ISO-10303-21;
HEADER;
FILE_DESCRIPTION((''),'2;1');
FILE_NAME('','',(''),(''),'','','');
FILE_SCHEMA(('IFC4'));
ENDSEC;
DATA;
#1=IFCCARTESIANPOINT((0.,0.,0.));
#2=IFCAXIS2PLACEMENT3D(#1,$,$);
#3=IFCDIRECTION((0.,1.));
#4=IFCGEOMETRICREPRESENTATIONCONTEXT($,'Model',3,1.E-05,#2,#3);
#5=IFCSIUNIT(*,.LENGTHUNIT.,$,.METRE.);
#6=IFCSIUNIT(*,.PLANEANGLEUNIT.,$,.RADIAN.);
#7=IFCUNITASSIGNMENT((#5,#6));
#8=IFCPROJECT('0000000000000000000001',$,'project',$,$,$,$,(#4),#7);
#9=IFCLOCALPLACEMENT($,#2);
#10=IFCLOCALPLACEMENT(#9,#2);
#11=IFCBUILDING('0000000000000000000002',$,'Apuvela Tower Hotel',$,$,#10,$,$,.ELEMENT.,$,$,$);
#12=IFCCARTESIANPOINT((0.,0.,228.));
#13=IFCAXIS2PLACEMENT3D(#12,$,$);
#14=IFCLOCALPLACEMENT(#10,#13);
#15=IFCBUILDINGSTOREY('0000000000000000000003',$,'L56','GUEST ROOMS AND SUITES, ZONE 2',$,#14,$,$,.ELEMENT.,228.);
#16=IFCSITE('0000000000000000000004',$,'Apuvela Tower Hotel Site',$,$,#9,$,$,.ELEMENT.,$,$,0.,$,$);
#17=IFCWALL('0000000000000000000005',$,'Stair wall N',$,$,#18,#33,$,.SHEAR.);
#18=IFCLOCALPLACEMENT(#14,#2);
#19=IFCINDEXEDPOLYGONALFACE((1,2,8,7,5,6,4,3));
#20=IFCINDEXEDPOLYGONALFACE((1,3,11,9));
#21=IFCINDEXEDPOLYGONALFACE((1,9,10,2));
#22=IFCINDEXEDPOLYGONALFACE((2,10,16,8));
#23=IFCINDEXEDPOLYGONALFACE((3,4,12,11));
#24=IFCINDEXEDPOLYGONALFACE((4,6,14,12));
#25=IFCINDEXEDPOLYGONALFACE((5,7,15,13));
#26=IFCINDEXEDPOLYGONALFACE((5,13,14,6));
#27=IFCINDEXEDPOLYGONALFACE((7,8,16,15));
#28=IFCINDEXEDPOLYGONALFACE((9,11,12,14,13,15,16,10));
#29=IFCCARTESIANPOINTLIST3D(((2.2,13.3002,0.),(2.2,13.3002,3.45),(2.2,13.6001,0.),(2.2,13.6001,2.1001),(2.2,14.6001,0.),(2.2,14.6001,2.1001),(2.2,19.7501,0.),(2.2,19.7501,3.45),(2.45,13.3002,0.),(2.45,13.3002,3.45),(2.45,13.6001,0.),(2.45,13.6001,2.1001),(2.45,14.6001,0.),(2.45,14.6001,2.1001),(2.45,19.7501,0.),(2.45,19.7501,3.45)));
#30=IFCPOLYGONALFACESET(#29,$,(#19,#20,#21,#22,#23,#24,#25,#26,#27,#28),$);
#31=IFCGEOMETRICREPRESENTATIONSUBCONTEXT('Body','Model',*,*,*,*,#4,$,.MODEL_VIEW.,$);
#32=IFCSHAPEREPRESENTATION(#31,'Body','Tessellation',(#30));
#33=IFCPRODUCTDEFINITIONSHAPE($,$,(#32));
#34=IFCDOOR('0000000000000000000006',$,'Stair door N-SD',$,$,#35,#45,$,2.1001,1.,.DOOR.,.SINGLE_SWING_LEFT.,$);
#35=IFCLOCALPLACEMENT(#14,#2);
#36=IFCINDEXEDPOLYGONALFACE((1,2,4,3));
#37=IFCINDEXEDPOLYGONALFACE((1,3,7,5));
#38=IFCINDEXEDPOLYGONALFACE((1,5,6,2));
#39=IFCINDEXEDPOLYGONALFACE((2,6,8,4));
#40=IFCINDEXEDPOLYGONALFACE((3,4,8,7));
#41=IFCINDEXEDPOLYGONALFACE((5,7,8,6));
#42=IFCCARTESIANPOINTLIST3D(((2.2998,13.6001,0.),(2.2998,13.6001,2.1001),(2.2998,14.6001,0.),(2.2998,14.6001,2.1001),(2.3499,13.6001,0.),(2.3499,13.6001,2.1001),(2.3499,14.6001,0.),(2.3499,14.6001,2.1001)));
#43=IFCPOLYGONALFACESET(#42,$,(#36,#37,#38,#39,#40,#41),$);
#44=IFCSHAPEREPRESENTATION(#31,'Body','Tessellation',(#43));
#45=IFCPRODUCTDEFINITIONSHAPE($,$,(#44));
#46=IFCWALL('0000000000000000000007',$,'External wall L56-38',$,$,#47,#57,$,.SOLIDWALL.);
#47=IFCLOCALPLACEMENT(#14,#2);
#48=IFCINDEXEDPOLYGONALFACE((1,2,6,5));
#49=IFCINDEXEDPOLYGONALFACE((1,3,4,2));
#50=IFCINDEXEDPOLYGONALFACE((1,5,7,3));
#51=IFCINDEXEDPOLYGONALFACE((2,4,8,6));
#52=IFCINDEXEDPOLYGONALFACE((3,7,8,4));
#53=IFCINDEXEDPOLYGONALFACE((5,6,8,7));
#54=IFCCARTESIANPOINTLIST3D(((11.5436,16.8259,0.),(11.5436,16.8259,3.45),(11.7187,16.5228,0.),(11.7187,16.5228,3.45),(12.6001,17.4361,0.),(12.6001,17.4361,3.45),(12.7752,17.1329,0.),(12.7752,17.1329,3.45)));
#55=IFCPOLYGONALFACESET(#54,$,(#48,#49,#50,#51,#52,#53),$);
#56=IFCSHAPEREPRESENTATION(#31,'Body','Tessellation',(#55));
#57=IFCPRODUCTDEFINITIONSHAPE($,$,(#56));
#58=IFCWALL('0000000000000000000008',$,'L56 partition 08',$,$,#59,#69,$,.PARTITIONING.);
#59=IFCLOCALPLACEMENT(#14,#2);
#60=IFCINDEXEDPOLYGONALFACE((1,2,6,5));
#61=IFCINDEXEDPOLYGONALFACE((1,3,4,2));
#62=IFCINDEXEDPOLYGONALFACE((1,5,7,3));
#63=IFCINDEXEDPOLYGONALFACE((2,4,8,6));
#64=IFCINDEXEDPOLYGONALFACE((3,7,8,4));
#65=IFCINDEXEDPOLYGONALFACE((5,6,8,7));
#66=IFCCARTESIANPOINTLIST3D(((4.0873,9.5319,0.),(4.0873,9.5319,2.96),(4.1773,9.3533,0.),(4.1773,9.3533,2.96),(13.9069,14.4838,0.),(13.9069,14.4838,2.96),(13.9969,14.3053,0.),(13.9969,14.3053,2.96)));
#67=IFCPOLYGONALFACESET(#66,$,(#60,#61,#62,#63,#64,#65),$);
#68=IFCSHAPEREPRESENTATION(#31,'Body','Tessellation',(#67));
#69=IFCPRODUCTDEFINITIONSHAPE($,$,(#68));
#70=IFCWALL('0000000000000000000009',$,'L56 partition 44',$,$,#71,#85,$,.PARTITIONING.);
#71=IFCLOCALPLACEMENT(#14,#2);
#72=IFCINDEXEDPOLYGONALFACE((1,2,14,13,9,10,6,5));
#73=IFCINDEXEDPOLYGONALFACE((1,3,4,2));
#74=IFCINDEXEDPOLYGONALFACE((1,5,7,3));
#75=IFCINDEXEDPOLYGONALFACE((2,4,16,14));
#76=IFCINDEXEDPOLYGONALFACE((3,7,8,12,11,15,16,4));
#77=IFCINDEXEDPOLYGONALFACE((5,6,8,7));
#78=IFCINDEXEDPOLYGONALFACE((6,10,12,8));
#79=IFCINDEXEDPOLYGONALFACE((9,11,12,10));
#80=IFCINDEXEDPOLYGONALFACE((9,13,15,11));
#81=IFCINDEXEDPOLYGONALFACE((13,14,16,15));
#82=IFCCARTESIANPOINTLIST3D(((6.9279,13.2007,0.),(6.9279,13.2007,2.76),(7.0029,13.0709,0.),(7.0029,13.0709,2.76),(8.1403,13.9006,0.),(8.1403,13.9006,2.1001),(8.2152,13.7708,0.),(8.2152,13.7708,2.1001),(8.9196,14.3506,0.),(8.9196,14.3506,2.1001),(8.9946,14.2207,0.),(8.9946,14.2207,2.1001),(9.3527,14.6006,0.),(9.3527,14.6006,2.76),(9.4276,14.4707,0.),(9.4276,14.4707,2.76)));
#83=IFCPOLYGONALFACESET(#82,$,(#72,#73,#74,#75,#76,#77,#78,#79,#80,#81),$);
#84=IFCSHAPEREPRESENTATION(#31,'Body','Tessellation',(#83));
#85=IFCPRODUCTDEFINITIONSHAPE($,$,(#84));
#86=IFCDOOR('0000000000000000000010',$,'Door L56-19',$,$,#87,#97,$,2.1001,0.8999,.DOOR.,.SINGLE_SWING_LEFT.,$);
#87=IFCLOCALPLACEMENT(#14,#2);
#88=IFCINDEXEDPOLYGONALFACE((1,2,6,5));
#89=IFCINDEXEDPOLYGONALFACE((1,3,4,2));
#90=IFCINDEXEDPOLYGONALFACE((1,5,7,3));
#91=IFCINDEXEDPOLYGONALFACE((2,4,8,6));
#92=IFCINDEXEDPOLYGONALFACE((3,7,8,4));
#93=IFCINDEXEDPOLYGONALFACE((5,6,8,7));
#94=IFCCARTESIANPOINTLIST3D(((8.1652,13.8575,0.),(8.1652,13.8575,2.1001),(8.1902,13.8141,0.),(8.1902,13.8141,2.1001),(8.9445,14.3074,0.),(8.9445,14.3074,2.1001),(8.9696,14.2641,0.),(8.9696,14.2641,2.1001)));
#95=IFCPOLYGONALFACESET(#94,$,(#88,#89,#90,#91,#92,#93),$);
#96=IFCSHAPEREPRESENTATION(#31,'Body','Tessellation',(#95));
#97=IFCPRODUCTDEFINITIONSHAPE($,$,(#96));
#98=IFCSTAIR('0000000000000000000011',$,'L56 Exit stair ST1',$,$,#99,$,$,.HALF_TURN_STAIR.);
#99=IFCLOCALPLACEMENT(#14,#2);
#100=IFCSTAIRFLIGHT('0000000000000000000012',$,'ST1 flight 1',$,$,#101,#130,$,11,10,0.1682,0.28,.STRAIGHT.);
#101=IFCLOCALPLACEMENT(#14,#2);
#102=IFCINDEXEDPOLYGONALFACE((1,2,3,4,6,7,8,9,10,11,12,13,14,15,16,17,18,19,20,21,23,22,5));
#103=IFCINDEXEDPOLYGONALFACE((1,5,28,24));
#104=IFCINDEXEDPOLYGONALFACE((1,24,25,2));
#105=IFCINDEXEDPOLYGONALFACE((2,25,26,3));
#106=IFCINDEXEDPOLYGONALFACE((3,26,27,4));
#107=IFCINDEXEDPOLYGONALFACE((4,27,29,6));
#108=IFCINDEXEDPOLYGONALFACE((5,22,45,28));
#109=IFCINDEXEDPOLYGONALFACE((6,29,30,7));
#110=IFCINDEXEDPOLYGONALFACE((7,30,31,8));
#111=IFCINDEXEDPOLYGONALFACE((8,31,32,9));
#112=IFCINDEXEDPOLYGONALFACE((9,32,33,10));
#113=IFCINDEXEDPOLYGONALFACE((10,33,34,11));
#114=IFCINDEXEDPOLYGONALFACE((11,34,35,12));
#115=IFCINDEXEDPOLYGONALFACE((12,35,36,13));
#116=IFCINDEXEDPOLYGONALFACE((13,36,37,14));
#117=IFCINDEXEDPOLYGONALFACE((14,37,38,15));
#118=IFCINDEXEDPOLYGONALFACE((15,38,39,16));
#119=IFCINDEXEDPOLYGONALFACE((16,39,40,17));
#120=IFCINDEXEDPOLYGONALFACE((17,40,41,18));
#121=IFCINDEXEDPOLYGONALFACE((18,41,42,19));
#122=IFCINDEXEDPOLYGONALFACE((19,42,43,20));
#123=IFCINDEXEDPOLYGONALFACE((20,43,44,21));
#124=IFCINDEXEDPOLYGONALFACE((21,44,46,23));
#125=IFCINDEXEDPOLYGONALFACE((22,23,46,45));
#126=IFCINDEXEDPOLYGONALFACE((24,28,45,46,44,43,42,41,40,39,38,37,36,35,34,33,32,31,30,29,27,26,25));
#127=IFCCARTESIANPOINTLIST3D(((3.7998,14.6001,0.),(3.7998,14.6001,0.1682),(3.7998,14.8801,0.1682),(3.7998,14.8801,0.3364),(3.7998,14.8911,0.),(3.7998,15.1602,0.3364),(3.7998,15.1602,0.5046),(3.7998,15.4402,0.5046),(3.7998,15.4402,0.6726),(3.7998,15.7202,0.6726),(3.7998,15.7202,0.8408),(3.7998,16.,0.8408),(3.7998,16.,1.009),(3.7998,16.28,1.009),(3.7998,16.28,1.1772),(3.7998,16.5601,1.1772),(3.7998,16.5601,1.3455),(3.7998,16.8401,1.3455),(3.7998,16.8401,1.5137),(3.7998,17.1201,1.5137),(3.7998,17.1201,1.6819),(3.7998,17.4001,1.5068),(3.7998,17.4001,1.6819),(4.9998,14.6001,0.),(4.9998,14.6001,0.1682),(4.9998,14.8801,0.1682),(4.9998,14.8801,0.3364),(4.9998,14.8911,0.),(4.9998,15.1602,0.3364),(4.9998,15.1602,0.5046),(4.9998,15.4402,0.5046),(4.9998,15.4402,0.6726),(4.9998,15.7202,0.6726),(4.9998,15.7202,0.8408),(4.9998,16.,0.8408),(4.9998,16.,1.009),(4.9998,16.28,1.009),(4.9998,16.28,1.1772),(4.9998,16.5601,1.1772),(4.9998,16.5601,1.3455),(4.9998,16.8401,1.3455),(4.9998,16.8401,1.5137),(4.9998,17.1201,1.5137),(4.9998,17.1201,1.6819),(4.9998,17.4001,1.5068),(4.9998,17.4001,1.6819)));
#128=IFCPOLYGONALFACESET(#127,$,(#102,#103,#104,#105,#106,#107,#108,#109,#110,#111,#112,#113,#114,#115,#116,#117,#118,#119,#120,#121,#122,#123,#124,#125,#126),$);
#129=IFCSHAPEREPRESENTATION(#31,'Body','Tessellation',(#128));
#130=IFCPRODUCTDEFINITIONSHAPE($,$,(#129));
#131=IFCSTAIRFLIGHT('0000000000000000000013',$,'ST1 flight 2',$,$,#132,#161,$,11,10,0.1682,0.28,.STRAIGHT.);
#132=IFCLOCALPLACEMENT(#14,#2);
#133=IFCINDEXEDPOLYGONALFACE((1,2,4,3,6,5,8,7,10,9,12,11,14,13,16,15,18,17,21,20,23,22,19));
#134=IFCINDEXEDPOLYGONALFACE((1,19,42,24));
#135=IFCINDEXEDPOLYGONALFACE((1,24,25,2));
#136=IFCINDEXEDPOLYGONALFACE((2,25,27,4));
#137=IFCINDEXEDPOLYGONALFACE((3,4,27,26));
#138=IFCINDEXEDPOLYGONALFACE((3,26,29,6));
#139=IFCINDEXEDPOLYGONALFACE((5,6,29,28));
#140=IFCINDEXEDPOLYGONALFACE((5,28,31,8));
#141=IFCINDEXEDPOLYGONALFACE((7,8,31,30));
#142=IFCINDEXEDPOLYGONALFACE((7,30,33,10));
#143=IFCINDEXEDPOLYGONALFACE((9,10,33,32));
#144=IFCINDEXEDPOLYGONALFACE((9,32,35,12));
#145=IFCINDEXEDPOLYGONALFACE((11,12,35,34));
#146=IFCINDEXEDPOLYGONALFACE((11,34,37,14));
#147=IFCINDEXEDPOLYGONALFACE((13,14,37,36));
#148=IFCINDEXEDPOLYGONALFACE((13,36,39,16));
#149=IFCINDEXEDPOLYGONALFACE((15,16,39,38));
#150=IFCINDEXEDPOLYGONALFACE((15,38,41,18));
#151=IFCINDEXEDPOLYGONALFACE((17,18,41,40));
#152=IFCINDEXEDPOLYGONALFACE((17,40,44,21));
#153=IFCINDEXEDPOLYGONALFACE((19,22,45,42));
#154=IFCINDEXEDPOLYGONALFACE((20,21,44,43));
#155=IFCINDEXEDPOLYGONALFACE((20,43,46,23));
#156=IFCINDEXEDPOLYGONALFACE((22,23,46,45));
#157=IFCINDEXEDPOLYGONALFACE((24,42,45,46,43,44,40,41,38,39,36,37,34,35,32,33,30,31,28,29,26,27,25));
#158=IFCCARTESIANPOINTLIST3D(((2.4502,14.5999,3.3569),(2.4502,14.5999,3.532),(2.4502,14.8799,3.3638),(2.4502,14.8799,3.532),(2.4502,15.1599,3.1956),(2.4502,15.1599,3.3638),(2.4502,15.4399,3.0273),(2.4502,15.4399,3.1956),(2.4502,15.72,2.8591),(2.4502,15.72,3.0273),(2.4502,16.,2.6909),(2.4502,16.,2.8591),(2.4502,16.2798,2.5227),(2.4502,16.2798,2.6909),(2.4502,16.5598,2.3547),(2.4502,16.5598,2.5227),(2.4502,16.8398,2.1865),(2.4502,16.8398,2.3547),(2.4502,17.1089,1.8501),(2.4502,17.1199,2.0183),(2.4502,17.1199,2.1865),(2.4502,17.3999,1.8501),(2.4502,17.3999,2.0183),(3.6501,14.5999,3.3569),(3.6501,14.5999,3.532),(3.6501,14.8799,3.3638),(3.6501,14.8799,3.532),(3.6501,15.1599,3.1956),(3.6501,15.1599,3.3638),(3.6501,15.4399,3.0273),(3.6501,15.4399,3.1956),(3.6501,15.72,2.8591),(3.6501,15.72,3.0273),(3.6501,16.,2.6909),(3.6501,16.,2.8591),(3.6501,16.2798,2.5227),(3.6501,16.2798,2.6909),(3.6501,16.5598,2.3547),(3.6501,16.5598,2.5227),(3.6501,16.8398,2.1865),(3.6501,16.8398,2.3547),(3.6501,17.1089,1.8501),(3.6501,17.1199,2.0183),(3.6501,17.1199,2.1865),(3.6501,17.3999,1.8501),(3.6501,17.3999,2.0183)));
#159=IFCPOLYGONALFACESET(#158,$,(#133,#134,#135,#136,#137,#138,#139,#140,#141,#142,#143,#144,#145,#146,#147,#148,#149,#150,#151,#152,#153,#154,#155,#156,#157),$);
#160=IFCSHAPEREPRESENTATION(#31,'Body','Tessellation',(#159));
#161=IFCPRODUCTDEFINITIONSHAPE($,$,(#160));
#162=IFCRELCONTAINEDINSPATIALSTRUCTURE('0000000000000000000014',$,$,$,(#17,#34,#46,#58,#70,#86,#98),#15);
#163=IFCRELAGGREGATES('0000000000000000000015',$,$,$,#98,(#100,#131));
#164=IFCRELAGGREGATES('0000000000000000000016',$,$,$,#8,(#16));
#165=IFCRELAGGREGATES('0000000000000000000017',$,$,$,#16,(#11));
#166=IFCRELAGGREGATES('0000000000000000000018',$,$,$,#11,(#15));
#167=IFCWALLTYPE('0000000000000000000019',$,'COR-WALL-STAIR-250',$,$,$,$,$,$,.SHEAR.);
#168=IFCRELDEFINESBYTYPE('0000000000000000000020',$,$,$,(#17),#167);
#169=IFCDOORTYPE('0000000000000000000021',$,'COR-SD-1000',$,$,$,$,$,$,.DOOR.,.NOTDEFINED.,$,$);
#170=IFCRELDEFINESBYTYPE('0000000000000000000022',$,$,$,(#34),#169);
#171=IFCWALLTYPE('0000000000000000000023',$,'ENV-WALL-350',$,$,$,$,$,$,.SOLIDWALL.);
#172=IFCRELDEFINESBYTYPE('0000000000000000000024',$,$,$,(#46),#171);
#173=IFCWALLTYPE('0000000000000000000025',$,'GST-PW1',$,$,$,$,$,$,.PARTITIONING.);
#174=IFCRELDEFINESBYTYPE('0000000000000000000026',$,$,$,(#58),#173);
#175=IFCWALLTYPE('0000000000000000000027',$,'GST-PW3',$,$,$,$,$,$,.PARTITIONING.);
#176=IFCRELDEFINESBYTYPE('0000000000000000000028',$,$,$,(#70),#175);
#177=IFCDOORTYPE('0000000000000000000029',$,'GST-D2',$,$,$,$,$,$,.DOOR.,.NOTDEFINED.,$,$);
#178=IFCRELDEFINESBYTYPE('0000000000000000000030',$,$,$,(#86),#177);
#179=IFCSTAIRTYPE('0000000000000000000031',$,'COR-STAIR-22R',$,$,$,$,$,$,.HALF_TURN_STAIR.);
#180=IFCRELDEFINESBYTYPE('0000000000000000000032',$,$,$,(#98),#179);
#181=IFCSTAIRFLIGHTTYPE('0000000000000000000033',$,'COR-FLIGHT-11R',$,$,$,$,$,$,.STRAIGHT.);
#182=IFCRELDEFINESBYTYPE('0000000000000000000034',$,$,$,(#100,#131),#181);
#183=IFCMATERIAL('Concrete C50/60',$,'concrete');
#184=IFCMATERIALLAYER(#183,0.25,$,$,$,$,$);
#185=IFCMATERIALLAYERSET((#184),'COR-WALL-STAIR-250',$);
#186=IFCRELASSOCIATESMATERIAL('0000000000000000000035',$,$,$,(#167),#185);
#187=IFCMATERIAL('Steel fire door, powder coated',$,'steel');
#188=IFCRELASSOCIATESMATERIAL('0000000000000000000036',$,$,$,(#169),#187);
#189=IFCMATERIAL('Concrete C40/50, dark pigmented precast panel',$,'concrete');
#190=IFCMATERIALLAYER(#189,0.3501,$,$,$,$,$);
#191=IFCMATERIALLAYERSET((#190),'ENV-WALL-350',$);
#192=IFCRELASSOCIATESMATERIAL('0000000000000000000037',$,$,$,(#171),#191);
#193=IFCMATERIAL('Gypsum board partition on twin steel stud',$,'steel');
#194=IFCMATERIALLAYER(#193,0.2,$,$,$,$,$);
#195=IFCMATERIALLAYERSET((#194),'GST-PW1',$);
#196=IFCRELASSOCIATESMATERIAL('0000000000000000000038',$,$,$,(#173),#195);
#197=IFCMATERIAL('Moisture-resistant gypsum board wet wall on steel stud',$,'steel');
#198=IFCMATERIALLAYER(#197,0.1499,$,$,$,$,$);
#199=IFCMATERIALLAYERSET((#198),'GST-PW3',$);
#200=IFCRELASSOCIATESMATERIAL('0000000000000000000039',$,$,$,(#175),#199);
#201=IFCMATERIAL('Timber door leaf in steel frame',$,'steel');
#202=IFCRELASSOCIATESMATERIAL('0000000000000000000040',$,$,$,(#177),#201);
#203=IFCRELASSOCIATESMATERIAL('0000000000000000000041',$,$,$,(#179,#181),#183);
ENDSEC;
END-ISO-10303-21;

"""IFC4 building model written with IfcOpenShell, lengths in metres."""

from ifc_helpers import new_model, si_unit, direction, frame, frame_2d, origin, place, context, subcontext, project, spatial, polyline, rectangle, outline, extrude, material, layer, layer_set, type_object, element, fill, aggregate, save


model = new_model("IFC4")

# Units and contexts
model_context = context("Model", 3, precision=1e-05, world=origin(), true_north=direction((0.0, 1.0)))
body_context = subcontext(model_context, "Body", "Model", "MODEL_VIEW")
ifc_project = project(units=[si_unit("LENGTHUNIT", "METRE"), si_unit("PLANEANGLEUNIT", "RADIAN")], contexts=[model_context])

# Site, building, storey
site_placement = place(None, origin())
site = spatial("IfcSite", under=ifc_project, at=site_placement, Name="Apuvela Tower Hotel Site", CompositionType="ELEMENT", RefElevation=0.0)
building_placement = place(site_placement, origin())
building = spatial("IfcBuilding", under=site, at=building_placement, Name="Apuvela Tower Hotel", CompositionType="ELEMENT")
storey_placement = place(building_placement, frame((0.0, 0.0, 228.0)))
storey = spatial("IfcBuildingStorey", under=building, at=storey_placement, Name="L56", Description="GUEST ROOMS AND SUITES, ZONE 2", CompositionType="ELEMENT", Elevation=228.0)

# Shared definitions
ifc_material_1 = material(Name="Concrete C50/60", Category="concrete")
ifc_material_2 = material(Name="Steel fire door, powder coated", Category="steel")

# Wall, opening, door
ifc_layer_1 = layer(ifc_material_1, 0.25)
ifc_layer_set_1 = layer_set([ifc_layer_1], Name="COR-WALL-STAIR-250")
wall_type_1 = type_object("IfcWallType", Name="COR-WALL-STAIR-250", PredefinedType="SHEAR", material=ifc_layer_set_1)
wall_1_placement = place(storey_placement, frame((2.325, 13.3, 0.0), z_axis=(0.0, 0.0, 1.0), x_axis=(0.0, 1.0, 0.0)))
wall_1 = element("IfcWall", 1, at=wall_1_placement, inside=storey, type_object=wall_type_1, Name="Stair wall N", PredefinedType="SHEAR", context=body_context, shape_type="SweptSolid", body=[
    extrude(rectangle(XDim=6.45, YDim=0.25, at=frame_2d((3.2251, 0.0))), origin(), (0.0, 0.0, 1.0), 3.45),
])
opening_1_placement = place(wall_1_placement, frame((0.3, 0.0, 0.0)))
opening_1 = element("IfcOpeningElement", 2, at=opening_1_placement, cuts=wall_1, PredefinedType="OPENING", context=body_context, shape_type="SweptSolid", body=[
    extrude(rectangle(XDim=1.0, YDim=2.1001, at=frame_2d((0.5, 1.05))), frame((0.0, 0.135, 0.0), z_axis=(0.0, -1.0, 0.0), x_axis=(1.0, 0.0, 0.0)), (0.0, 0.0, 1.0), 0.27),
])
door_type_1 = type_object("IfcDoorType", Name="COR-SD-1000", OperationType="NOTDEFINED", PredefinedType="DOOR", material=ifc_material_2)
door_1_placement = place(opening_1_placement, frame((1.0, 0.0, 0.0), z_axis=(0.0, 0.0, 1.0), x_axis=(-1.0, 0.0, 0.0)))
door_1 = element("IfcDoor", 3, at=door_1_placement, inside=storey, type_object=door_type_1, Name="Stair door N-SD", OperationType="SINGLE_SWING_LEFT", OverallHeight=2.1001, OverallWidth=1.0, PredefinedType="DOOR", context=body_context, shape_type="SweptSolid", body=[
    extrude(rectangle(XDim=1.0, YDim=2.1001, at=frame_2d((0.5, 1.05))), frame((0.0, 0.0249, 0.0), z_axis=(0.0, -1.0, 0.0), x_axis=(1.0, 0.0, 0.0)), (0.0, 0.0, 1.0), 0.05),
])
fill(opening_1, door_1)

# Wall
ifc_material_3 = material(Name="Concrete C40/50, dark pigmented precast panel", Category="concrete")
ifc_layer_2 = layer(ifc_material_3, 0.3501)
ifc_layer_set_2 = layer_set([ifc_layer_2], Name="ENV-WALL-350")
wall_type_2 = type_object("IfcWallType", Name="ENV-WALL-350", PredefinedType="SOLIDWALL", material=ifc_layer_set_2)
wall_2_placement = place(storey_placement, frame((12.6875, 17.2844, 0.0), z_axis=(0.0, 0.0, 1.0), x_axis=(-0.865956, -0.500121, 0.0)))
element("IfcWall", 4, at=wall_2_placement, inside=storey, type_object=wall_type_2, Name="External wall L56-38", PredefinedType="SOLIDWALL", context=body_context, shape_type="SweptSolid", body=[
    extrude(rectangle(XDim=1.22, YDim=0.3501, at=frame_2d((0.6099, 0.0))), origin(), (0.0, 0.0, 1.0), 3.45),
])

# Wall
ifc_material_4 = material(Name="Gypsum board partition on twin steel stud", Category="steel")
ifc_layer_3 = layer(ifc_material_4, 0.2)
ifc_layer_set_3 = layer_set([ifc_layer_3], Name="GST-PW1")
wall_type_3 = type_object("IfcWallType", Name="GST-PW1", PredefinedType="PARTITIONING", material=ifc_layer_set_3)
wall_3_placement = place(storey_placement, frame((13.9519, 14.3945, 0.0), z_axis=(0.0, 0.0, 1.0), x_axis=(-0.89289, -0.450275, 0.0)))
element("IfcWall", 5, at=wall_3_placement, inside=storey, type_object=wall_type_3, Name="L56 partition 08", PredefinedType="PARTITIONING", context=body_context, shape_type="SweptSolid", body=[
    extrude(rectangle(XDim=10.9976, YDim=0.2, at=frame_2d((5.4988, 0.0))), origin(), (0.0, 0.0, 1.0), 2.96),
])

# Wall, opening, door
ifc_material_5 = material(Name="Moisture-resistant gypsum board wet wall on steel stud", Category="steel")
ifc_layer_4 = layer(ifc_material_5, 0.1499)
ifc_layer_set_4 = layer_set([ifc_layer_4], Name="GST-PW3")
wall_type_4 = type_object("IfcWallType", Name="GST-PW3", PredefinedType="PARTITIONING", material=ifc_layer_set_4)
wall_4_placement = place(storey_placement, frame((9.3901, 14.5356, 0.0), z_axis=(0.0, 0.0, 1.0), x_axis=(-0.866035, -0.499984, 0.0)))
wall_4 = element("IfcWall", 6, at=wall_4_placement, inside=storey, type_object=wall_type_4, Name="L56 partition 44", PredefinedType="PARTITIONING", context=body_context, shape_type="SweptSolid", body=[
    extrude(rectangle(XDim=2.7998, YDim=0.1499, at=frame_2d((1.3999, 0.0))), origin(), (0.0, 0.0, 1.0), 2.76),
])
opening_2_placement = place(wall_4_placement, frame((0.5, 0.0, 0.0)))
opening_2 = element("IfcOpeningElement", 7, at=opening_2_placement, cuts=wall_4, PredefinedType="OPENING", context=body_context, shape_type="SweptSolid", body=[
    extrude(rectangle(XDim=0.8999, YDim=2.1001, at=frame_2d((0.45, 1.05))), frame((0.0, 0.085, 0.0), z_axis=(0.0, -1.0, 0.0), x_axis=(1.0, 0.0, 0.0)), (0.0, 0.0, 1.0), 0.1699),
])
ifc_material_6 = material(Name="Timber door leaf in steel frame", Category="steel")
door_type_2 = type_object("IfcDoorType", Name="GST-D2", OperationType="NOTDEFINED", PredefinedType="DOOR", material=ifc_material_6)
door_2_placement = place(opening_2_placement, origin())
door_2 = element("IfcDoor", 8, at=door_2_placement, inside=storey, type_object=door_type_2, Name="Door L56-19", OperationType="SINGLE_SWING_LEFT", OverallHeight=2.1001, OverallWidth=0.8999, PredefinedType="DOOR", context=body_context, shape_type="SweptSolid", body=[
    extrude(rectangle(XDim=0.8999, YDim=2.1001, at=frame_2d((0.45, 1.05))), frame((0.0, 0.0249, 0.0), z_axis=(0.0, -1.0, 0.0), x_axis=(1.0, 0.0, 0.0)), (0.0, 0.0, 1.0), 0.05),
])
fill(opening_2, door_2)

# Stair, stair flights
stair_type = type_object("IfcStairType", Name="COR-STAIR-22R", PredefinedType="HALF_TURN_STAIR", material=ifc_material_1)
stair_placement = place(storey_placement, origin())
stair = element("IfcStair", 9, at=stair_placement, inside=storey, type_object=stair_type, Name="L56 Exit stair ST1", PredefinedType="HALF_TURN_STAIR")
stair_flight_type = type_object("IfcStairFlightType", Name="COR-FLIGHT-11R", PredefinedType="STRAIGHT", material=ifc_material_1)
stair_flight_1_placement = place(storey_placement, frame((4.3999, 14.6001, 0.0), z_axis=(0.0, 0.0, 1.0), x_axis=(0.0, 1.0, 0.0)))
stair_flight_1 = element("IfcStairFlight", 10, at=stair_flight_1_placement, type_object=stair_flight_type, Name="ST1 flight 1", NumberOfRisers=11, NumberOfTreads=10, PredefinedType="STRAIGHT", RiserHeight=0.1682, TreadLength=0.28, context=body_context, shape_type="SweptSolid", body=[
    extrude(outline(polyline([(0.0, 0.0), (0.0, 0.1682), (0.28, 0.1682), (0.28, 0.3364), (0.5601, 0.3364), (0.5601, 0.5046), (0.8401, 0.5046), (0.8401, 0.6726), (1.1201, 0.6726), (1.1201, 0.8408), (1.3999, 0.8408), (1.3999, 1.009), (1.6799, 1.009), (1.6799, 1.1772), (1.96, 1.1772), (1.96, 1.3455), (2.24, 1.3455), (2.24, 1.5137), (2.52, 1.5137), (2.52, 1.6819), (2.8, 1.6819), (2.8, 1.8501), (2.8, 1.5068), (0.291, 0.0), (0.0, 0.0)])), frame((0.0, 0.6001, 0.0), z_axis=(0.0, -1.0, 0.0), x_axis=(1.0, 0.0, 0.0)), (0.0, 0.0, 1.0), 1.2),
])
stair_flight_2_placement = place(storey_placement, frame((3.05, 17.3999, 1.8501), z_axis=(0.0, 0.0, 1.0), x_axis=(0.0, -1.0, 0.0)))
stair_flight_2 = element("IfcStairFlight", 11, at=stair_flight_2_placement, type_object=stair_flight_type, Name="ST1 flight 2", NumberOfRisers=11, NumberOfTreads=10, PredefinedType="STRAIGHT", RiserHeight=0.1682, TreadLength=0.28, context=body_context, shape_type="SweptSolid", body=[
    extrude(outline(polyline([(0.0, 0.0), (0.0, 0.1682), (0.28, 0.1682), (0.28, 0.3364), (0.5601, 0.3364), (0.5601, 0.5046), (0.8401, 0.5046), (0.8401, 0.6726), (1.1201, 0.6726), (1.1201, 0.8408), (1.3999, 0.8408), (1.3999, 1.009), (1.6799, 1.009), (1.6799, 1.1772), (1.96, 1.1772), (1.96, 1.3455), (2.24, 1.3455), (2.24, 1.5137), (2.52, 1.5137), (2.52, 1.6819), (2.8, 1.6819), (2.8, 1.8501), (2.8, 1.5068), (0.291, 0.0), (0.0, 0.0)])), frame((0.0, 0.6001, 0.0), z_axis=(0.0, -1.0, 0.0), x_axis=(1.0, 0.0, 0.0)), (0.0, 0.0, 1.0), 1.2),
])
aggregate(stair, [stair_flight_1, stair_flight_2])

save(model, "model.ifc")
